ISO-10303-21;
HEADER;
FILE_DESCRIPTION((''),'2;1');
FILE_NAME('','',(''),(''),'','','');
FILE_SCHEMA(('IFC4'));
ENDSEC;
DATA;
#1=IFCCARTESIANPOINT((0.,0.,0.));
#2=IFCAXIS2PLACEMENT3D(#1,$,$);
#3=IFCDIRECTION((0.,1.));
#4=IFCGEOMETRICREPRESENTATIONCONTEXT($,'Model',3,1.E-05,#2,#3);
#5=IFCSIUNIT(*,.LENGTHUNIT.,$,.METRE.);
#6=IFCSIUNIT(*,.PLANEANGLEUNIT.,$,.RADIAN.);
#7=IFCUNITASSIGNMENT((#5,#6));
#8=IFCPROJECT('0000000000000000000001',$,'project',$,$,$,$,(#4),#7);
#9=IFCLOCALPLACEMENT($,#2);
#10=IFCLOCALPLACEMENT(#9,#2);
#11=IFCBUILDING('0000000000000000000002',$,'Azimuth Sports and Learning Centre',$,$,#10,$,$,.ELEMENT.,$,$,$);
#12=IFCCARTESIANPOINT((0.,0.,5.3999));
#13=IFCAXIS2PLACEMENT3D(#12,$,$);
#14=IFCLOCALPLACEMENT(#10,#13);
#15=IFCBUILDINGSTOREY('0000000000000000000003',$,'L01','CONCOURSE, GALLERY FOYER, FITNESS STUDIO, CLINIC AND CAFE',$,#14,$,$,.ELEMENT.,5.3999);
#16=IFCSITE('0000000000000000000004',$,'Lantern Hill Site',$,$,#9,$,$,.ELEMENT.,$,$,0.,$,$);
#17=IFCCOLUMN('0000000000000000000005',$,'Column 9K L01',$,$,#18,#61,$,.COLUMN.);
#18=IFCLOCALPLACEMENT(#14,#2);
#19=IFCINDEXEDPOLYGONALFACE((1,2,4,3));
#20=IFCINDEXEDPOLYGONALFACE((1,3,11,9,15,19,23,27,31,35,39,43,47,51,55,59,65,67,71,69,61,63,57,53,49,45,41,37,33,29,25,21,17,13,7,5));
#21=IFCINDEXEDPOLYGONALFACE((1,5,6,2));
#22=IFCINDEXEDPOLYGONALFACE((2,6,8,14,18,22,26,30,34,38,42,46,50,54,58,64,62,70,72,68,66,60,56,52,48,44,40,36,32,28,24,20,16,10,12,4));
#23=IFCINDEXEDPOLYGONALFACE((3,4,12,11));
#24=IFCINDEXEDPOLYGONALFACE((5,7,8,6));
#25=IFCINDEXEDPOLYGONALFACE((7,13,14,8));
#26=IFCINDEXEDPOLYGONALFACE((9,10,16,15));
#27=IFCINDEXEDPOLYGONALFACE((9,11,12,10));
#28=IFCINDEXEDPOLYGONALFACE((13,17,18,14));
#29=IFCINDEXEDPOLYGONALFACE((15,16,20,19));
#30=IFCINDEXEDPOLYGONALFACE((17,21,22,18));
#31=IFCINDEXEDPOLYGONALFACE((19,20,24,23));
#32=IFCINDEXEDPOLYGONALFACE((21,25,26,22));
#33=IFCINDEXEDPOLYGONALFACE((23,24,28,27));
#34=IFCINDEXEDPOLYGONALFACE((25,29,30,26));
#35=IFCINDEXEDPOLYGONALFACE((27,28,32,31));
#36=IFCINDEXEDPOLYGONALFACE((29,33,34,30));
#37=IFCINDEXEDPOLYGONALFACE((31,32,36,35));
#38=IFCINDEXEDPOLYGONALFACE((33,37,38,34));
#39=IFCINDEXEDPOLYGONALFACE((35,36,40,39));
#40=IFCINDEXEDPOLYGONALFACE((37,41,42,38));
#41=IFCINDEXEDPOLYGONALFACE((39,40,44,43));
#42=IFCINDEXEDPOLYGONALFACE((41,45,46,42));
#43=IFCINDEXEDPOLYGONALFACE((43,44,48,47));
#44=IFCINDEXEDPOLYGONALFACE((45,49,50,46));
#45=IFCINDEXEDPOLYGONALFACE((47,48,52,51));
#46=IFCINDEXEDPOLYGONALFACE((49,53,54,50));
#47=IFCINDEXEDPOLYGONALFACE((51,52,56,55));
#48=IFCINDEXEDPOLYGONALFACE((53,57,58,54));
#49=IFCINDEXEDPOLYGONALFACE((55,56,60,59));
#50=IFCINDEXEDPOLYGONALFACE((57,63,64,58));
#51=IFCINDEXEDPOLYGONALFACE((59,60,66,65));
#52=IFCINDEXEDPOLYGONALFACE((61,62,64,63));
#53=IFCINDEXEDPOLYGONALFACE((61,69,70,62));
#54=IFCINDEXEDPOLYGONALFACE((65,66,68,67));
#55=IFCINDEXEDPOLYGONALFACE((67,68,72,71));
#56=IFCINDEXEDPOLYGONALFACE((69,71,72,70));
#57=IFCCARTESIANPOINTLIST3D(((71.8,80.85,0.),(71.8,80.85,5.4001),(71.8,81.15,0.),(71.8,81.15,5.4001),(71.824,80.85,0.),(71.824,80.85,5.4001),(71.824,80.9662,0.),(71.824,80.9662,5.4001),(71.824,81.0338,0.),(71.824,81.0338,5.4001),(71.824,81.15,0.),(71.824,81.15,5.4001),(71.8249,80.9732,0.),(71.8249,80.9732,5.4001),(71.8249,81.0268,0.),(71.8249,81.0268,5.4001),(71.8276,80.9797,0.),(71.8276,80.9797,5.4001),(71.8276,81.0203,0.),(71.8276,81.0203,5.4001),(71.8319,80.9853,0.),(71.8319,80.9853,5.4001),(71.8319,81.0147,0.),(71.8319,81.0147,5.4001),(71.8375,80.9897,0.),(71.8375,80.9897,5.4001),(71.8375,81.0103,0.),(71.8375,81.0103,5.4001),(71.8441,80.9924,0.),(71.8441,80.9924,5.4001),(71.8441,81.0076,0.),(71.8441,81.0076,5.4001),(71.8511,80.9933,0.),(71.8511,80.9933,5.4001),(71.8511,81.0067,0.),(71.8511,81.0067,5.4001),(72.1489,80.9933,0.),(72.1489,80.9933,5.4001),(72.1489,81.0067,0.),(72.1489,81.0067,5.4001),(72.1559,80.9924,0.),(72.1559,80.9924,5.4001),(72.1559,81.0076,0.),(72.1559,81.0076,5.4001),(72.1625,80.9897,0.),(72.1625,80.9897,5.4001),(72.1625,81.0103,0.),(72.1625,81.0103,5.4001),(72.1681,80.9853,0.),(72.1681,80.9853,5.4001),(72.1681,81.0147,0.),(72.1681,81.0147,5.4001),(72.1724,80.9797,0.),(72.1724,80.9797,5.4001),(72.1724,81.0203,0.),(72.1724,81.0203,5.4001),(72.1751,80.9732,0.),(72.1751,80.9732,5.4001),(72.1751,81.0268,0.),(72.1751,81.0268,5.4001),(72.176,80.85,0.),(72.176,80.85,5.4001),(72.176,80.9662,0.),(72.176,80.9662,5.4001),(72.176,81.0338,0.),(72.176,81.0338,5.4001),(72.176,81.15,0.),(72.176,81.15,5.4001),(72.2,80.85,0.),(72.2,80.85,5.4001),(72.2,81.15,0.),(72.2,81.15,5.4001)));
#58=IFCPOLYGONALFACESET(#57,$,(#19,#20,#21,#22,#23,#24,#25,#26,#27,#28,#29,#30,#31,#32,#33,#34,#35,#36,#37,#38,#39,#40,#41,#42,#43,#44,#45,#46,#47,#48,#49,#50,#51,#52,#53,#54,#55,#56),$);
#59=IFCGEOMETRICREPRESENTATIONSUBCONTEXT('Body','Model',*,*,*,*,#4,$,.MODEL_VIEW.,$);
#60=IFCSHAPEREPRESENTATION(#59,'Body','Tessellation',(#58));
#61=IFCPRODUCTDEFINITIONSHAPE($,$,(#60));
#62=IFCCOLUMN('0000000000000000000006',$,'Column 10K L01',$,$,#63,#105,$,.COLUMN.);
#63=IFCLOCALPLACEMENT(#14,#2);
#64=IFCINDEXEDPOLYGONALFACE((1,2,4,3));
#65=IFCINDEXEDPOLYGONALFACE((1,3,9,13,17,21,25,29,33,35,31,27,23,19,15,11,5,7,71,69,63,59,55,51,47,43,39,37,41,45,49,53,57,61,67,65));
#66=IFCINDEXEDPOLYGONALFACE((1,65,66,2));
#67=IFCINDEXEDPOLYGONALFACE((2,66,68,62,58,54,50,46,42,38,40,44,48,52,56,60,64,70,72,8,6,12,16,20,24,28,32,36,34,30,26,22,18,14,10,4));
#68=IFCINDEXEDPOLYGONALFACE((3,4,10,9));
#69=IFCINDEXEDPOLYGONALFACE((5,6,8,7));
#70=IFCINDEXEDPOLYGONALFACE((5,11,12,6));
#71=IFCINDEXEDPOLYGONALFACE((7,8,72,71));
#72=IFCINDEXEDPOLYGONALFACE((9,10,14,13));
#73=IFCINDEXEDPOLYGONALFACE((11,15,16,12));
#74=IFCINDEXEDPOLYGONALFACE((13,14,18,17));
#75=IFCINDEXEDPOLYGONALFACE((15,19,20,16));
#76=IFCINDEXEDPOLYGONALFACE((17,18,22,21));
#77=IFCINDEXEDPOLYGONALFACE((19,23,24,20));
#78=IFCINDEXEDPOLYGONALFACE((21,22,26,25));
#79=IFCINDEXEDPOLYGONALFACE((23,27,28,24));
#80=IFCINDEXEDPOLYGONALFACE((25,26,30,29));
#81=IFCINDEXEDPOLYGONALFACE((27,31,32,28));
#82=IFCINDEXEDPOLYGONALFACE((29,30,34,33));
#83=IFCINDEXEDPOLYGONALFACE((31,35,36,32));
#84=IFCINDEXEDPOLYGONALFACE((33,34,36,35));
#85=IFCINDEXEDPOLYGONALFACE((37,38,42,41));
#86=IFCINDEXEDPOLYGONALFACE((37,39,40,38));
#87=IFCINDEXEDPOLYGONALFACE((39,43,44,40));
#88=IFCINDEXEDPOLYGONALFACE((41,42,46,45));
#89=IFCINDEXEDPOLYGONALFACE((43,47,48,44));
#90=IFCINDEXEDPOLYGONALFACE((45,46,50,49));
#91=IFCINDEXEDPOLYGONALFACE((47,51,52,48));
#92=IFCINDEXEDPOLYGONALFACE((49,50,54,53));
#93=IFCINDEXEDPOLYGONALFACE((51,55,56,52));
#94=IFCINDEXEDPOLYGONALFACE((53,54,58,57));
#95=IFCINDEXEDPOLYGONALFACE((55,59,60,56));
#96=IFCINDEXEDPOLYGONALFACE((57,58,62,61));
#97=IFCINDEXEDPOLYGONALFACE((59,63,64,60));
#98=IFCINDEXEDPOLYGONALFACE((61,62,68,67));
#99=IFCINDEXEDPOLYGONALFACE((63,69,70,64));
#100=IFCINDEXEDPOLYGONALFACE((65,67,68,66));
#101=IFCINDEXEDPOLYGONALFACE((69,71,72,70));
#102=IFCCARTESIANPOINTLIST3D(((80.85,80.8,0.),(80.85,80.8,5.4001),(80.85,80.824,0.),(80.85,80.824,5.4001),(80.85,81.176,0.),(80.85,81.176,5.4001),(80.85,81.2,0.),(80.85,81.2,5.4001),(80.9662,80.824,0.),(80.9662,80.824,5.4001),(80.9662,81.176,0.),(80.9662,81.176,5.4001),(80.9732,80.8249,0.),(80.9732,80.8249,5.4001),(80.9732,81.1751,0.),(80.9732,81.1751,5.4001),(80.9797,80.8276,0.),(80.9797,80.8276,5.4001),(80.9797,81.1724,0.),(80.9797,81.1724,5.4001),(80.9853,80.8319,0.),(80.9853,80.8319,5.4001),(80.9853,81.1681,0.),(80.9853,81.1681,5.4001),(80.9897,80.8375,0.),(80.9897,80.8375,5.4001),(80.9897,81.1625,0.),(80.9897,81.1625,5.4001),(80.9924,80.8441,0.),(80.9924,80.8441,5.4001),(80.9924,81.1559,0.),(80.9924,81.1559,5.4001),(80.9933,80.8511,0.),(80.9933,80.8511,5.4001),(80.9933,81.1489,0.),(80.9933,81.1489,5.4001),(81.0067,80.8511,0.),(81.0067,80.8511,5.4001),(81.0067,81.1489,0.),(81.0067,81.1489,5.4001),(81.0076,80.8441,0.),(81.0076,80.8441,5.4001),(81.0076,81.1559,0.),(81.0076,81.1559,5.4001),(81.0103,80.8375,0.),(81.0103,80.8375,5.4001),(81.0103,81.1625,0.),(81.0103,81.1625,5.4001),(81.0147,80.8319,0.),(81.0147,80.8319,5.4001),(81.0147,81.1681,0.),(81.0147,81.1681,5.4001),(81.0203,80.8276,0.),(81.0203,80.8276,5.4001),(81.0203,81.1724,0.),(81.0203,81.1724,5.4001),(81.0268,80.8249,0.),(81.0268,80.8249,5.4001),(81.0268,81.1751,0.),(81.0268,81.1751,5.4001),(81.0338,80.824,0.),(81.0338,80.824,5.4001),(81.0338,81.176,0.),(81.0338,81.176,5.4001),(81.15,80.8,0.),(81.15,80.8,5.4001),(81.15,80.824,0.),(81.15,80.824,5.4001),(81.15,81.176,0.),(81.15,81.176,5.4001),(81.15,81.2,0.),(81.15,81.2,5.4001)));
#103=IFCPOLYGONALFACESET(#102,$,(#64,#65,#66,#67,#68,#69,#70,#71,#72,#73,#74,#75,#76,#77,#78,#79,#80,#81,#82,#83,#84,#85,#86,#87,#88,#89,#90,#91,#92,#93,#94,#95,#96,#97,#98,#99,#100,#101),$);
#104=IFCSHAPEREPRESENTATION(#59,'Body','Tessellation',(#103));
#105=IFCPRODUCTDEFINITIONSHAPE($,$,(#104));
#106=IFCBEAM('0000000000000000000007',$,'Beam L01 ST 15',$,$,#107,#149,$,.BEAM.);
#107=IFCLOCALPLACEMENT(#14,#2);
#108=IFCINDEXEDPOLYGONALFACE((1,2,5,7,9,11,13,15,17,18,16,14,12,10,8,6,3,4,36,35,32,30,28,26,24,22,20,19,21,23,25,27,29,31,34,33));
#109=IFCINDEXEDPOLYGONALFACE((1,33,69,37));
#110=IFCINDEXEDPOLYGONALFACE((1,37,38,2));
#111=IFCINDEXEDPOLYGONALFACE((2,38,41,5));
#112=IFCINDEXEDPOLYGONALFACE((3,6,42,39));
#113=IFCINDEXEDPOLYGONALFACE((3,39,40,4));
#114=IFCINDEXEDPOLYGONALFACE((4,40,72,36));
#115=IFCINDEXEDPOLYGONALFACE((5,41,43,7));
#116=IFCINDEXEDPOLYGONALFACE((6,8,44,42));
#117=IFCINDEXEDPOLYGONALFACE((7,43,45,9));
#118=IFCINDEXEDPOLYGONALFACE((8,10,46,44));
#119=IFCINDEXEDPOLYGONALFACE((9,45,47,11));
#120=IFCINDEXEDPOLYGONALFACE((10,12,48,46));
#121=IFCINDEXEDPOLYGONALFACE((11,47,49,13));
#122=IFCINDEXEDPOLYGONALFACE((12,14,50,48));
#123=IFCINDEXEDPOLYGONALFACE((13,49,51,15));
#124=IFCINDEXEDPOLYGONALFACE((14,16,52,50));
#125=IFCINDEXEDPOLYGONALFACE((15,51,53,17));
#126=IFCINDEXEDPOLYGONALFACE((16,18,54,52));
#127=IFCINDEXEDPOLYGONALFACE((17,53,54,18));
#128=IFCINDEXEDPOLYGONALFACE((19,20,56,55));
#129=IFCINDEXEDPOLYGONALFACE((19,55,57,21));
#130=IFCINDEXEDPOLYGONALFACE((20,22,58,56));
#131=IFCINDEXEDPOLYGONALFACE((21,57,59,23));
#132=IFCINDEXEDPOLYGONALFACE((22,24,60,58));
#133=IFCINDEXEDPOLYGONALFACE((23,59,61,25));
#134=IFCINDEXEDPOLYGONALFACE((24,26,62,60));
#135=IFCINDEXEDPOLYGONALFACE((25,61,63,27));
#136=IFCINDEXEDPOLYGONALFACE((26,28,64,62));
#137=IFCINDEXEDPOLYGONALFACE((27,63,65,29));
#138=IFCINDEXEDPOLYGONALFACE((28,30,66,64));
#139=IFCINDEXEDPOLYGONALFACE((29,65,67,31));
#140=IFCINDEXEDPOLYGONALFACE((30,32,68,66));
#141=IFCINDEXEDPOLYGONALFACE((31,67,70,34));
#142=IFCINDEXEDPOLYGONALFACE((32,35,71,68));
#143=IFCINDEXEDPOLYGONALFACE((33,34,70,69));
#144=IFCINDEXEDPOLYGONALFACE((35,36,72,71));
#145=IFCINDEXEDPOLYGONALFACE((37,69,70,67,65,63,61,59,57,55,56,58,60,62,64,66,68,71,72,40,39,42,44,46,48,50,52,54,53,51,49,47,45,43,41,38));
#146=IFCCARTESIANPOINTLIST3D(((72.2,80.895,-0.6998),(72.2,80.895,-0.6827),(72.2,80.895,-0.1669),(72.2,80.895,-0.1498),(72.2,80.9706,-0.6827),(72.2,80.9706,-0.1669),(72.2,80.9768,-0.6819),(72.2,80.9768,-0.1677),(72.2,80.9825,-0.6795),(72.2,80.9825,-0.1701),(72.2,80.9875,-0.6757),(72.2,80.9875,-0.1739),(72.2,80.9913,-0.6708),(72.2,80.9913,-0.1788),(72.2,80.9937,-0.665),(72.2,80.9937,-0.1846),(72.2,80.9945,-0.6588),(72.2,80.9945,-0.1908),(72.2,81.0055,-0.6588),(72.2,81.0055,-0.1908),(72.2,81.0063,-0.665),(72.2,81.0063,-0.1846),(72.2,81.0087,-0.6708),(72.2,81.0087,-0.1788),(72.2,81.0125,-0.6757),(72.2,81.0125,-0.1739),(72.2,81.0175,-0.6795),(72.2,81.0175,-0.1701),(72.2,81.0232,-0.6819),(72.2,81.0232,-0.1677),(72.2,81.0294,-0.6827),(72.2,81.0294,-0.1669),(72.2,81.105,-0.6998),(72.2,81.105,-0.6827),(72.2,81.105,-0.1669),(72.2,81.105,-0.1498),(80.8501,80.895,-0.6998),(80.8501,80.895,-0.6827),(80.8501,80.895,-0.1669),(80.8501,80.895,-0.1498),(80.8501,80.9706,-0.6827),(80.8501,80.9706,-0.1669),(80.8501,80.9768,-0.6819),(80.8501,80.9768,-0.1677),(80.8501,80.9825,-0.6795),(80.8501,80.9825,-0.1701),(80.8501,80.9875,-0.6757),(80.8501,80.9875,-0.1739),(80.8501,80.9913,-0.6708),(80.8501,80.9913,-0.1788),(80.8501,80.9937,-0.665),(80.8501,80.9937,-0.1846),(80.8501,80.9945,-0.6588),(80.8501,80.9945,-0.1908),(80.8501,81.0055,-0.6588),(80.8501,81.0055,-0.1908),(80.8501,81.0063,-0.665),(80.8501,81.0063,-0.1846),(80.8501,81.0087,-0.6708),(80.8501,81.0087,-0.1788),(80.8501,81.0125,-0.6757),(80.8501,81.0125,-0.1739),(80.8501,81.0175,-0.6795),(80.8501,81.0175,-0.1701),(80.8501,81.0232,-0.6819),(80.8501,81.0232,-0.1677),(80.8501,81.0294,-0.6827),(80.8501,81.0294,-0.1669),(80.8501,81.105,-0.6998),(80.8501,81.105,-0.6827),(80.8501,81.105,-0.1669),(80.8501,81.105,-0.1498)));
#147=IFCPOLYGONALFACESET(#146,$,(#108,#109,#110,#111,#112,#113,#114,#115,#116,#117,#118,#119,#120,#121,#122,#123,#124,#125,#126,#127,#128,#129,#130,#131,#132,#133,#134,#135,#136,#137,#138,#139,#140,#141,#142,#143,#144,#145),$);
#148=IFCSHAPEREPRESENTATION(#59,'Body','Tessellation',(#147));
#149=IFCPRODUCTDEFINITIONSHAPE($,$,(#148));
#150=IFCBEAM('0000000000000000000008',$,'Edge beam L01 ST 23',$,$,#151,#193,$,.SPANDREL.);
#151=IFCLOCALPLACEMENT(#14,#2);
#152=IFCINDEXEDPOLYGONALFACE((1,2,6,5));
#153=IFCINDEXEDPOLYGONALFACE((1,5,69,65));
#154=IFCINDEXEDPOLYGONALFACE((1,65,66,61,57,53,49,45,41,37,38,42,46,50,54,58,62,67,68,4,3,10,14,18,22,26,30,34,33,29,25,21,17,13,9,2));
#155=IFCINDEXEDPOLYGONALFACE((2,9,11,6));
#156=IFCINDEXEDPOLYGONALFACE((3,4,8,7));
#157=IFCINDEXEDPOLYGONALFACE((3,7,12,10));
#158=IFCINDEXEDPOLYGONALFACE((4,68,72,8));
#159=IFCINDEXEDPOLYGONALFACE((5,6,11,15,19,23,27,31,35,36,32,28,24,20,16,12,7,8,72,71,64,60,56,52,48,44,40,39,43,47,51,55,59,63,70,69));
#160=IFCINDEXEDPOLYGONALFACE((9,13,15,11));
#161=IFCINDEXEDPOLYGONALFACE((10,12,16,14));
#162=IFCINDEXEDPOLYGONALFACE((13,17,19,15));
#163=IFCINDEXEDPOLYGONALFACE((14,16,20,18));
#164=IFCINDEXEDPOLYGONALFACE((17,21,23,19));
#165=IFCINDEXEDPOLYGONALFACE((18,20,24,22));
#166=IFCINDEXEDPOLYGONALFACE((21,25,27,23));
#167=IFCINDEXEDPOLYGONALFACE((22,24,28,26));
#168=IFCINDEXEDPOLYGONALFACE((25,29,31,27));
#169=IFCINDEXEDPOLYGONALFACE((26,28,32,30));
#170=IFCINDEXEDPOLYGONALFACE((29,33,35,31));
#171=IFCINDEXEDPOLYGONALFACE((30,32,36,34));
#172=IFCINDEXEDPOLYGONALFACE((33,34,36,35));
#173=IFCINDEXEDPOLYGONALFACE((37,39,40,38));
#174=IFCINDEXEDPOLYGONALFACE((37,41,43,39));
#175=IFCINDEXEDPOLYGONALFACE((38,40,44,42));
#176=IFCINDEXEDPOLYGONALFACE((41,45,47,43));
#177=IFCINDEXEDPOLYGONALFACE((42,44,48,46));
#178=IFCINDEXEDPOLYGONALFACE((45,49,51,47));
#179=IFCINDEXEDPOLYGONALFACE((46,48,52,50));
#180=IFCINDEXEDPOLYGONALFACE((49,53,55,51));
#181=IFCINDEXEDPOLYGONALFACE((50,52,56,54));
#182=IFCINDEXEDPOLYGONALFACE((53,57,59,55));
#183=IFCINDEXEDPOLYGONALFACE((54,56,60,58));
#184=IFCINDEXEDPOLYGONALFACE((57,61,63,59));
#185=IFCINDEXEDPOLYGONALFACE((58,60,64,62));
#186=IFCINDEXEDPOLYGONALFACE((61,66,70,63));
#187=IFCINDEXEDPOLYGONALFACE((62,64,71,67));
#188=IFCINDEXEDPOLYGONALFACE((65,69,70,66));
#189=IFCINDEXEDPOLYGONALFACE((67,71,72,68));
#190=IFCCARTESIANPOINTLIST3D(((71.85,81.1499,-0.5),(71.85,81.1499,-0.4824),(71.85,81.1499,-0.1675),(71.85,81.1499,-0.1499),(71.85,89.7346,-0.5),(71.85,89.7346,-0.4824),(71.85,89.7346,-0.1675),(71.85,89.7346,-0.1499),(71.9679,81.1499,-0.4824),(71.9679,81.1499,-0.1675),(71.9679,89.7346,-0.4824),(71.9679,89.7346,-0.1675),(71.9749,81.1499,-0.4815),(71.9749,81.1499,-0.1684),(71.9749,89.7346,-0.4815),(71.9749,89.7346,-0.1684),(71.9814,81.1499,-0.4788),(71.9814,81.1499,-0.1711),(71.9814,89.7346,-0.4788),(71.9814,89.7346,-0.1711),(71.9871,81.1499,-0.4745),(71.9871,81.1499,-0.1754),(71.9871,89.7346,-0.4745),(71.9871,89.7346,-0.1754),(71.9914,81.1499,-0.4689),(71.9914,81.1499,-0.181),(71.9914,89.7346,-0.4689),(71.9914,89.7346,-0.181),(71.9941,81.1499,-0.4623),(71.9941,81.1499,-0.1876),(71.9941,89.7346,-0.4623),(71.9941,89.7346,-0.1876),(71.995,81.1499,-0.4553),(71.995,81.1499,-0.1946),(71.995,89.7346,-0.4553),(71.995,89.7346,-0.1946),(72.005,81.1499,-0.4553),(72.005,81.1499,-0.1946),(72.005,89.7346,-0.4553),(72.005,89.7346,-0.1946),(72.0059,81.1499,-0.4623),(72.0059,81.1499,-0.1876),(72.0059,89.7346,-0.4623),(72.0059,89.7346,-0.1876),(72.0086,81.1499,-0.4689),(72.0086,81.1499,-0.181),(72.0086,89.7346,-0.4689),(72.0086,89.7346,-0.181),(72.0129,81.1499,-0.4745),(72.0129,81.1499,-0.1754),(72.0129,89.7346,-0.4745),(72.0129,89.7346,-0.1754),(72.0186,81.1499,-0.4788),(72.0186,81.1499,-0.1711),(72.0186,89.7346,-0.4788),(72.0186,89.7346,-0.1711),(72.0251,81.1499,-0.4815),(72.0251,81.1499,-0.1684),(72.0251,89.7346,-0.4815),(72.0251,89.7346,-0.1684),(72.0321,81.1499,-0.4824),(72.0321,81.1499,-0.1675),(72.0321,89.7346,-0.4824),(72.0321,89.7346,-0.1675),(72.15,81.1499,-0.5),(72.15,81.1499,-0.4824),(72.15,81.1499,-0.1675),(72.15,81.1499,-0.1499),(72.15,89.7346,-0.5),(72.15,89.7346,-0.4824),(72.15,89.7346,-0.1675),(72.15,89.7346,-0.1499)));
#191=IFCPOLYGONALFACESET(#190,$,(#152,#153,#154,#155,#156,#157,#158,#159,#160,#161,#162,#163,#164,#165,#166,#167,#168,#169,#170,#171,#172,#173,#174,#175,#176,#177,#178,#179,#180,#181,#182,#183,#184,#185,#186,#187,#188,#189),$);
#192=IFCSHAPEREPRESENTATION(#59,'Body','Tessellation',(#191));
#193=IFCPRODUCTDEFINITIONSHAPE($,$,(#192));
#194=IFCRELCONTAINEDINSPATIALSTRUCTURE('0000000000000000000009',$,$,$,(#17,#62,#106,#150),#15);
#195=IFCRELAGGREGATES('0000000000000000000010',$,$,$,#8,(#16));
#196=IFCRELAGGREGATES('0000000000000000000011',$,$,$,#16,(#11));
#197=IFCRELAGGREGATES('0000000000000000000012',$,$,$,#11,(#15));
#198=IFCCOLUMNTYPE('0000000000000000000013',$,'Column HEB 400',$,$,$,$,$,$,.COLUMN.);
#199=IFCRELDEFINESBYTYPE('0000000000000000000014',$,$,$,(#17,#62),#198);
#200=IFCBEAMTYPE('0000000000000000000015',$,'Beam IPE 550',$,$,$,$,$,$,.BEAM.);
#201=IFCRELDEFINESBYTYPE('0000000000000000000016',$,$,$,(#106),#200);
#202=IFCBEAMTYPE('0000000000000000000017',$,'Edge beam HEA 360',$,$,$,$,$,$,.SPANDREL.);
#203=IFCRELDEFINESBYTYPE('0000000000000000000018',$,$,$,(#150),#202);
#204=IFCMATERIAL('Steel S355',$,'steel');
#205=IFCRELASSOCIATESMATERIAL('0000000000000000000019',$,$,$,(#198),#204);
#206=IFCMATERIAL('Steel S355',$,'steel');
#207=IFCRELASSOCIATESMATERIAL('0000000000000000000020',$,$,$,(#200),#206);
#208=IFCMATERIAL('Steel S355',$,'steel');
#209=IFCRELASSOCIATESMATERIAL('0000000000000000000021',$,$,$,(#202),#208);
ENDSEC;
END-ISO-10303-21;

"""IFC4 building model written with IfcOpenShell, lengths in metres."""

from ifc_helpers import new_model, si_unit, direction, frame, origin, origin_2d, place, context, subcontext, project, spatial, i_section, extrude, material, material_profile, profile_set, type_object, element, save


model = new_model("IFC4")

# Units and contexts
model_context = context("Model", 3, precision=1e-05, world=origin(), true_north=direction((0.0, 1.0)))
body_context = subcontext(model_context, "Body", "Model", "MODEL_VIEW")
ifc_project = project(units=[si_unit("LENGTHUNIT", "METRE"), si_unit("PLANEANGLEUNIT", "RADIAN")], contexts=[model_context])

# Site, building, storey
site_placement = place(None, origin())
site = spatial("IfcSite", under=ifc_project, at=site_placement, Name="Lantern Hill Site", CompositionType="ELEMENT", RefElevation=0.0)
building_placement = place(site_placement, origin())
building = spatial("IfcBuilding", under=site, at=building_placement, Name="Azimuth Sports and Learning Centre", CompositionType="ELEMENT")
storey_placement = place(building_placement, frame((0.0, 0.0, 5.3999)))
storey = spatial("IfcBuildingStorey", under=building, at=storey_placement, Name="L01", Description="CONCOURSE, GALLERY FOYER, FITNESS STUDIO, CLINIC AND CAFE", CompositionType="ELEMENT", Elevation=5.3999)

# Columns
ifc_material_1 = material(Name="Steel S355", Category="steel")
ifc_material_profile_1 = material_profile(ifc_material_1, i_section(OverallWidth=0.3, OverallDepth=0.3999, WebThickness=0.0134, FlangeThickness=0.0239, FilletRadius=0.0271, at=origin_2d()), Name="HEB 400")
ifc_profile_set_1 = profile_set([ifc_material_profile_1], Name="Steel S355")
column_type = type_object("IfcColumnType", Name="Column HEB 400", PredefinedType="COLUMN", material=ifc_profile_set_1)
for number, where, z_axis, x_axis, name in (
    (1, (72.0, 81.0, 0.0), (0.0, 0.0, 1.0), (0.0, 1.0, 0.0), "Column 9K L01"),
    (2, (81.0, 81.0, 0.0), (0.0, 0.0, 1.0), (1.0, 0.0, 0.0), "Column 10K L01"),
):
    element("IfcColumn", number, at=place(storey_placement, frame(where, z_axis=z_axis, x_axis=x_axis)), inside=storey, type_object=column_type, Name=name, PredefinedType="COLUMN", context=body_context, shape_type="SweptSolid", body=[
        extrude(i_section(OverallWidth=0.3, OverallDepth=0.3999, WebThickness=0.0134, FlangeThickness=0.0239, FilletRadius=0.0271, at=origin_2d()), origin(), (0.0, 0.0, 1.0), 5.4001),
    ])

# Beams
ifc_material_2 = material(Name="Steel S355", Category="steel")
ifc_material_profile_2 = material_profile(ifc_material_2, i_section(OverallWidth=0.21, OverallDepth=0.55, WebThickness=0.011, FlangeThickness=0.0171, FilletRadius=0.0239, at=origin_2d()), Name="IPE 550")
ifc_profile_set_2 = profile_set([ifc_material_profile_2], Name="Steel S355")
beam_type_1 = type_object("IfcBeamType", Name="Beam IPE 550", PredefinedType="BEAM", material=ifc_profile_set_2)
beam_1_placement = place(storey_placement, frame((72.2, 81.0, -0.4248), z_axis=(1.0, 0.0, 0.0), x_axis=(0.0, 1.0, 0.0)))
element("IfcBeam", 3, at=beam_1_placement, inside=storey, type_object=beam_type_1, Name="Beam L01 ST 15", PredefinedType="BEAM", context=body_context, shape_type="SweptSolid", body=[
    extrude(i_section(OverallWidth=0.21, OverallDepth=0.55, WebThickness=0.011, FlangeThickness=0.0171, FilletRadius=0.0239, at=origin_2d()), origin(), (0.0, 0.0, 1.0), 8.6501),
])
ifc_material_3 = material(Name="Steel S355", Category="steel")
ifc_material_profile_3 = material_profile(ifc_material_3, i_section(OverallWidth=0.3, OverallDepth=0.3501, WebThickness=0.01, FlangeThickness=0.0176, FilletRadius=0.0271, at=origin_2d()), Name="HEA 360")
ifc_profile_set_3 = profile_set([ifc_material_profile_3], Name="Steel S355")
beam_type_2 = type_object("IfcBeamType", Name="Edge beam HEA 360", PredefinedType="SPANDREL", material=ifc_profile_set_3)
beam_2_placement = place(storey_placement, frame((72.0, 81.1499, -0.325), z_axis=(0.0, 1.0, 0.0), x_axis=(-1.0, 0.0, 0.0)))
element("IfcBeam", 4, at=beam_2_placement, inside=storey, type_object=beam_type_2, Name="Edge beam L01 ST 23", PredefinedType="SPANDREL", context=body_context, shape_type="SweptSolid", body=[
    extrude(i_section(OverallWidth=0.3, OverallDepth=0.3501, WebThickness=0.01, FlangeThickness=0.0176, FilletRadius=0.0271, at=origin_2d()), origin(), (0.0, 0.0, 1.0), 8.5847),
])

save(model, "model.ifc")
